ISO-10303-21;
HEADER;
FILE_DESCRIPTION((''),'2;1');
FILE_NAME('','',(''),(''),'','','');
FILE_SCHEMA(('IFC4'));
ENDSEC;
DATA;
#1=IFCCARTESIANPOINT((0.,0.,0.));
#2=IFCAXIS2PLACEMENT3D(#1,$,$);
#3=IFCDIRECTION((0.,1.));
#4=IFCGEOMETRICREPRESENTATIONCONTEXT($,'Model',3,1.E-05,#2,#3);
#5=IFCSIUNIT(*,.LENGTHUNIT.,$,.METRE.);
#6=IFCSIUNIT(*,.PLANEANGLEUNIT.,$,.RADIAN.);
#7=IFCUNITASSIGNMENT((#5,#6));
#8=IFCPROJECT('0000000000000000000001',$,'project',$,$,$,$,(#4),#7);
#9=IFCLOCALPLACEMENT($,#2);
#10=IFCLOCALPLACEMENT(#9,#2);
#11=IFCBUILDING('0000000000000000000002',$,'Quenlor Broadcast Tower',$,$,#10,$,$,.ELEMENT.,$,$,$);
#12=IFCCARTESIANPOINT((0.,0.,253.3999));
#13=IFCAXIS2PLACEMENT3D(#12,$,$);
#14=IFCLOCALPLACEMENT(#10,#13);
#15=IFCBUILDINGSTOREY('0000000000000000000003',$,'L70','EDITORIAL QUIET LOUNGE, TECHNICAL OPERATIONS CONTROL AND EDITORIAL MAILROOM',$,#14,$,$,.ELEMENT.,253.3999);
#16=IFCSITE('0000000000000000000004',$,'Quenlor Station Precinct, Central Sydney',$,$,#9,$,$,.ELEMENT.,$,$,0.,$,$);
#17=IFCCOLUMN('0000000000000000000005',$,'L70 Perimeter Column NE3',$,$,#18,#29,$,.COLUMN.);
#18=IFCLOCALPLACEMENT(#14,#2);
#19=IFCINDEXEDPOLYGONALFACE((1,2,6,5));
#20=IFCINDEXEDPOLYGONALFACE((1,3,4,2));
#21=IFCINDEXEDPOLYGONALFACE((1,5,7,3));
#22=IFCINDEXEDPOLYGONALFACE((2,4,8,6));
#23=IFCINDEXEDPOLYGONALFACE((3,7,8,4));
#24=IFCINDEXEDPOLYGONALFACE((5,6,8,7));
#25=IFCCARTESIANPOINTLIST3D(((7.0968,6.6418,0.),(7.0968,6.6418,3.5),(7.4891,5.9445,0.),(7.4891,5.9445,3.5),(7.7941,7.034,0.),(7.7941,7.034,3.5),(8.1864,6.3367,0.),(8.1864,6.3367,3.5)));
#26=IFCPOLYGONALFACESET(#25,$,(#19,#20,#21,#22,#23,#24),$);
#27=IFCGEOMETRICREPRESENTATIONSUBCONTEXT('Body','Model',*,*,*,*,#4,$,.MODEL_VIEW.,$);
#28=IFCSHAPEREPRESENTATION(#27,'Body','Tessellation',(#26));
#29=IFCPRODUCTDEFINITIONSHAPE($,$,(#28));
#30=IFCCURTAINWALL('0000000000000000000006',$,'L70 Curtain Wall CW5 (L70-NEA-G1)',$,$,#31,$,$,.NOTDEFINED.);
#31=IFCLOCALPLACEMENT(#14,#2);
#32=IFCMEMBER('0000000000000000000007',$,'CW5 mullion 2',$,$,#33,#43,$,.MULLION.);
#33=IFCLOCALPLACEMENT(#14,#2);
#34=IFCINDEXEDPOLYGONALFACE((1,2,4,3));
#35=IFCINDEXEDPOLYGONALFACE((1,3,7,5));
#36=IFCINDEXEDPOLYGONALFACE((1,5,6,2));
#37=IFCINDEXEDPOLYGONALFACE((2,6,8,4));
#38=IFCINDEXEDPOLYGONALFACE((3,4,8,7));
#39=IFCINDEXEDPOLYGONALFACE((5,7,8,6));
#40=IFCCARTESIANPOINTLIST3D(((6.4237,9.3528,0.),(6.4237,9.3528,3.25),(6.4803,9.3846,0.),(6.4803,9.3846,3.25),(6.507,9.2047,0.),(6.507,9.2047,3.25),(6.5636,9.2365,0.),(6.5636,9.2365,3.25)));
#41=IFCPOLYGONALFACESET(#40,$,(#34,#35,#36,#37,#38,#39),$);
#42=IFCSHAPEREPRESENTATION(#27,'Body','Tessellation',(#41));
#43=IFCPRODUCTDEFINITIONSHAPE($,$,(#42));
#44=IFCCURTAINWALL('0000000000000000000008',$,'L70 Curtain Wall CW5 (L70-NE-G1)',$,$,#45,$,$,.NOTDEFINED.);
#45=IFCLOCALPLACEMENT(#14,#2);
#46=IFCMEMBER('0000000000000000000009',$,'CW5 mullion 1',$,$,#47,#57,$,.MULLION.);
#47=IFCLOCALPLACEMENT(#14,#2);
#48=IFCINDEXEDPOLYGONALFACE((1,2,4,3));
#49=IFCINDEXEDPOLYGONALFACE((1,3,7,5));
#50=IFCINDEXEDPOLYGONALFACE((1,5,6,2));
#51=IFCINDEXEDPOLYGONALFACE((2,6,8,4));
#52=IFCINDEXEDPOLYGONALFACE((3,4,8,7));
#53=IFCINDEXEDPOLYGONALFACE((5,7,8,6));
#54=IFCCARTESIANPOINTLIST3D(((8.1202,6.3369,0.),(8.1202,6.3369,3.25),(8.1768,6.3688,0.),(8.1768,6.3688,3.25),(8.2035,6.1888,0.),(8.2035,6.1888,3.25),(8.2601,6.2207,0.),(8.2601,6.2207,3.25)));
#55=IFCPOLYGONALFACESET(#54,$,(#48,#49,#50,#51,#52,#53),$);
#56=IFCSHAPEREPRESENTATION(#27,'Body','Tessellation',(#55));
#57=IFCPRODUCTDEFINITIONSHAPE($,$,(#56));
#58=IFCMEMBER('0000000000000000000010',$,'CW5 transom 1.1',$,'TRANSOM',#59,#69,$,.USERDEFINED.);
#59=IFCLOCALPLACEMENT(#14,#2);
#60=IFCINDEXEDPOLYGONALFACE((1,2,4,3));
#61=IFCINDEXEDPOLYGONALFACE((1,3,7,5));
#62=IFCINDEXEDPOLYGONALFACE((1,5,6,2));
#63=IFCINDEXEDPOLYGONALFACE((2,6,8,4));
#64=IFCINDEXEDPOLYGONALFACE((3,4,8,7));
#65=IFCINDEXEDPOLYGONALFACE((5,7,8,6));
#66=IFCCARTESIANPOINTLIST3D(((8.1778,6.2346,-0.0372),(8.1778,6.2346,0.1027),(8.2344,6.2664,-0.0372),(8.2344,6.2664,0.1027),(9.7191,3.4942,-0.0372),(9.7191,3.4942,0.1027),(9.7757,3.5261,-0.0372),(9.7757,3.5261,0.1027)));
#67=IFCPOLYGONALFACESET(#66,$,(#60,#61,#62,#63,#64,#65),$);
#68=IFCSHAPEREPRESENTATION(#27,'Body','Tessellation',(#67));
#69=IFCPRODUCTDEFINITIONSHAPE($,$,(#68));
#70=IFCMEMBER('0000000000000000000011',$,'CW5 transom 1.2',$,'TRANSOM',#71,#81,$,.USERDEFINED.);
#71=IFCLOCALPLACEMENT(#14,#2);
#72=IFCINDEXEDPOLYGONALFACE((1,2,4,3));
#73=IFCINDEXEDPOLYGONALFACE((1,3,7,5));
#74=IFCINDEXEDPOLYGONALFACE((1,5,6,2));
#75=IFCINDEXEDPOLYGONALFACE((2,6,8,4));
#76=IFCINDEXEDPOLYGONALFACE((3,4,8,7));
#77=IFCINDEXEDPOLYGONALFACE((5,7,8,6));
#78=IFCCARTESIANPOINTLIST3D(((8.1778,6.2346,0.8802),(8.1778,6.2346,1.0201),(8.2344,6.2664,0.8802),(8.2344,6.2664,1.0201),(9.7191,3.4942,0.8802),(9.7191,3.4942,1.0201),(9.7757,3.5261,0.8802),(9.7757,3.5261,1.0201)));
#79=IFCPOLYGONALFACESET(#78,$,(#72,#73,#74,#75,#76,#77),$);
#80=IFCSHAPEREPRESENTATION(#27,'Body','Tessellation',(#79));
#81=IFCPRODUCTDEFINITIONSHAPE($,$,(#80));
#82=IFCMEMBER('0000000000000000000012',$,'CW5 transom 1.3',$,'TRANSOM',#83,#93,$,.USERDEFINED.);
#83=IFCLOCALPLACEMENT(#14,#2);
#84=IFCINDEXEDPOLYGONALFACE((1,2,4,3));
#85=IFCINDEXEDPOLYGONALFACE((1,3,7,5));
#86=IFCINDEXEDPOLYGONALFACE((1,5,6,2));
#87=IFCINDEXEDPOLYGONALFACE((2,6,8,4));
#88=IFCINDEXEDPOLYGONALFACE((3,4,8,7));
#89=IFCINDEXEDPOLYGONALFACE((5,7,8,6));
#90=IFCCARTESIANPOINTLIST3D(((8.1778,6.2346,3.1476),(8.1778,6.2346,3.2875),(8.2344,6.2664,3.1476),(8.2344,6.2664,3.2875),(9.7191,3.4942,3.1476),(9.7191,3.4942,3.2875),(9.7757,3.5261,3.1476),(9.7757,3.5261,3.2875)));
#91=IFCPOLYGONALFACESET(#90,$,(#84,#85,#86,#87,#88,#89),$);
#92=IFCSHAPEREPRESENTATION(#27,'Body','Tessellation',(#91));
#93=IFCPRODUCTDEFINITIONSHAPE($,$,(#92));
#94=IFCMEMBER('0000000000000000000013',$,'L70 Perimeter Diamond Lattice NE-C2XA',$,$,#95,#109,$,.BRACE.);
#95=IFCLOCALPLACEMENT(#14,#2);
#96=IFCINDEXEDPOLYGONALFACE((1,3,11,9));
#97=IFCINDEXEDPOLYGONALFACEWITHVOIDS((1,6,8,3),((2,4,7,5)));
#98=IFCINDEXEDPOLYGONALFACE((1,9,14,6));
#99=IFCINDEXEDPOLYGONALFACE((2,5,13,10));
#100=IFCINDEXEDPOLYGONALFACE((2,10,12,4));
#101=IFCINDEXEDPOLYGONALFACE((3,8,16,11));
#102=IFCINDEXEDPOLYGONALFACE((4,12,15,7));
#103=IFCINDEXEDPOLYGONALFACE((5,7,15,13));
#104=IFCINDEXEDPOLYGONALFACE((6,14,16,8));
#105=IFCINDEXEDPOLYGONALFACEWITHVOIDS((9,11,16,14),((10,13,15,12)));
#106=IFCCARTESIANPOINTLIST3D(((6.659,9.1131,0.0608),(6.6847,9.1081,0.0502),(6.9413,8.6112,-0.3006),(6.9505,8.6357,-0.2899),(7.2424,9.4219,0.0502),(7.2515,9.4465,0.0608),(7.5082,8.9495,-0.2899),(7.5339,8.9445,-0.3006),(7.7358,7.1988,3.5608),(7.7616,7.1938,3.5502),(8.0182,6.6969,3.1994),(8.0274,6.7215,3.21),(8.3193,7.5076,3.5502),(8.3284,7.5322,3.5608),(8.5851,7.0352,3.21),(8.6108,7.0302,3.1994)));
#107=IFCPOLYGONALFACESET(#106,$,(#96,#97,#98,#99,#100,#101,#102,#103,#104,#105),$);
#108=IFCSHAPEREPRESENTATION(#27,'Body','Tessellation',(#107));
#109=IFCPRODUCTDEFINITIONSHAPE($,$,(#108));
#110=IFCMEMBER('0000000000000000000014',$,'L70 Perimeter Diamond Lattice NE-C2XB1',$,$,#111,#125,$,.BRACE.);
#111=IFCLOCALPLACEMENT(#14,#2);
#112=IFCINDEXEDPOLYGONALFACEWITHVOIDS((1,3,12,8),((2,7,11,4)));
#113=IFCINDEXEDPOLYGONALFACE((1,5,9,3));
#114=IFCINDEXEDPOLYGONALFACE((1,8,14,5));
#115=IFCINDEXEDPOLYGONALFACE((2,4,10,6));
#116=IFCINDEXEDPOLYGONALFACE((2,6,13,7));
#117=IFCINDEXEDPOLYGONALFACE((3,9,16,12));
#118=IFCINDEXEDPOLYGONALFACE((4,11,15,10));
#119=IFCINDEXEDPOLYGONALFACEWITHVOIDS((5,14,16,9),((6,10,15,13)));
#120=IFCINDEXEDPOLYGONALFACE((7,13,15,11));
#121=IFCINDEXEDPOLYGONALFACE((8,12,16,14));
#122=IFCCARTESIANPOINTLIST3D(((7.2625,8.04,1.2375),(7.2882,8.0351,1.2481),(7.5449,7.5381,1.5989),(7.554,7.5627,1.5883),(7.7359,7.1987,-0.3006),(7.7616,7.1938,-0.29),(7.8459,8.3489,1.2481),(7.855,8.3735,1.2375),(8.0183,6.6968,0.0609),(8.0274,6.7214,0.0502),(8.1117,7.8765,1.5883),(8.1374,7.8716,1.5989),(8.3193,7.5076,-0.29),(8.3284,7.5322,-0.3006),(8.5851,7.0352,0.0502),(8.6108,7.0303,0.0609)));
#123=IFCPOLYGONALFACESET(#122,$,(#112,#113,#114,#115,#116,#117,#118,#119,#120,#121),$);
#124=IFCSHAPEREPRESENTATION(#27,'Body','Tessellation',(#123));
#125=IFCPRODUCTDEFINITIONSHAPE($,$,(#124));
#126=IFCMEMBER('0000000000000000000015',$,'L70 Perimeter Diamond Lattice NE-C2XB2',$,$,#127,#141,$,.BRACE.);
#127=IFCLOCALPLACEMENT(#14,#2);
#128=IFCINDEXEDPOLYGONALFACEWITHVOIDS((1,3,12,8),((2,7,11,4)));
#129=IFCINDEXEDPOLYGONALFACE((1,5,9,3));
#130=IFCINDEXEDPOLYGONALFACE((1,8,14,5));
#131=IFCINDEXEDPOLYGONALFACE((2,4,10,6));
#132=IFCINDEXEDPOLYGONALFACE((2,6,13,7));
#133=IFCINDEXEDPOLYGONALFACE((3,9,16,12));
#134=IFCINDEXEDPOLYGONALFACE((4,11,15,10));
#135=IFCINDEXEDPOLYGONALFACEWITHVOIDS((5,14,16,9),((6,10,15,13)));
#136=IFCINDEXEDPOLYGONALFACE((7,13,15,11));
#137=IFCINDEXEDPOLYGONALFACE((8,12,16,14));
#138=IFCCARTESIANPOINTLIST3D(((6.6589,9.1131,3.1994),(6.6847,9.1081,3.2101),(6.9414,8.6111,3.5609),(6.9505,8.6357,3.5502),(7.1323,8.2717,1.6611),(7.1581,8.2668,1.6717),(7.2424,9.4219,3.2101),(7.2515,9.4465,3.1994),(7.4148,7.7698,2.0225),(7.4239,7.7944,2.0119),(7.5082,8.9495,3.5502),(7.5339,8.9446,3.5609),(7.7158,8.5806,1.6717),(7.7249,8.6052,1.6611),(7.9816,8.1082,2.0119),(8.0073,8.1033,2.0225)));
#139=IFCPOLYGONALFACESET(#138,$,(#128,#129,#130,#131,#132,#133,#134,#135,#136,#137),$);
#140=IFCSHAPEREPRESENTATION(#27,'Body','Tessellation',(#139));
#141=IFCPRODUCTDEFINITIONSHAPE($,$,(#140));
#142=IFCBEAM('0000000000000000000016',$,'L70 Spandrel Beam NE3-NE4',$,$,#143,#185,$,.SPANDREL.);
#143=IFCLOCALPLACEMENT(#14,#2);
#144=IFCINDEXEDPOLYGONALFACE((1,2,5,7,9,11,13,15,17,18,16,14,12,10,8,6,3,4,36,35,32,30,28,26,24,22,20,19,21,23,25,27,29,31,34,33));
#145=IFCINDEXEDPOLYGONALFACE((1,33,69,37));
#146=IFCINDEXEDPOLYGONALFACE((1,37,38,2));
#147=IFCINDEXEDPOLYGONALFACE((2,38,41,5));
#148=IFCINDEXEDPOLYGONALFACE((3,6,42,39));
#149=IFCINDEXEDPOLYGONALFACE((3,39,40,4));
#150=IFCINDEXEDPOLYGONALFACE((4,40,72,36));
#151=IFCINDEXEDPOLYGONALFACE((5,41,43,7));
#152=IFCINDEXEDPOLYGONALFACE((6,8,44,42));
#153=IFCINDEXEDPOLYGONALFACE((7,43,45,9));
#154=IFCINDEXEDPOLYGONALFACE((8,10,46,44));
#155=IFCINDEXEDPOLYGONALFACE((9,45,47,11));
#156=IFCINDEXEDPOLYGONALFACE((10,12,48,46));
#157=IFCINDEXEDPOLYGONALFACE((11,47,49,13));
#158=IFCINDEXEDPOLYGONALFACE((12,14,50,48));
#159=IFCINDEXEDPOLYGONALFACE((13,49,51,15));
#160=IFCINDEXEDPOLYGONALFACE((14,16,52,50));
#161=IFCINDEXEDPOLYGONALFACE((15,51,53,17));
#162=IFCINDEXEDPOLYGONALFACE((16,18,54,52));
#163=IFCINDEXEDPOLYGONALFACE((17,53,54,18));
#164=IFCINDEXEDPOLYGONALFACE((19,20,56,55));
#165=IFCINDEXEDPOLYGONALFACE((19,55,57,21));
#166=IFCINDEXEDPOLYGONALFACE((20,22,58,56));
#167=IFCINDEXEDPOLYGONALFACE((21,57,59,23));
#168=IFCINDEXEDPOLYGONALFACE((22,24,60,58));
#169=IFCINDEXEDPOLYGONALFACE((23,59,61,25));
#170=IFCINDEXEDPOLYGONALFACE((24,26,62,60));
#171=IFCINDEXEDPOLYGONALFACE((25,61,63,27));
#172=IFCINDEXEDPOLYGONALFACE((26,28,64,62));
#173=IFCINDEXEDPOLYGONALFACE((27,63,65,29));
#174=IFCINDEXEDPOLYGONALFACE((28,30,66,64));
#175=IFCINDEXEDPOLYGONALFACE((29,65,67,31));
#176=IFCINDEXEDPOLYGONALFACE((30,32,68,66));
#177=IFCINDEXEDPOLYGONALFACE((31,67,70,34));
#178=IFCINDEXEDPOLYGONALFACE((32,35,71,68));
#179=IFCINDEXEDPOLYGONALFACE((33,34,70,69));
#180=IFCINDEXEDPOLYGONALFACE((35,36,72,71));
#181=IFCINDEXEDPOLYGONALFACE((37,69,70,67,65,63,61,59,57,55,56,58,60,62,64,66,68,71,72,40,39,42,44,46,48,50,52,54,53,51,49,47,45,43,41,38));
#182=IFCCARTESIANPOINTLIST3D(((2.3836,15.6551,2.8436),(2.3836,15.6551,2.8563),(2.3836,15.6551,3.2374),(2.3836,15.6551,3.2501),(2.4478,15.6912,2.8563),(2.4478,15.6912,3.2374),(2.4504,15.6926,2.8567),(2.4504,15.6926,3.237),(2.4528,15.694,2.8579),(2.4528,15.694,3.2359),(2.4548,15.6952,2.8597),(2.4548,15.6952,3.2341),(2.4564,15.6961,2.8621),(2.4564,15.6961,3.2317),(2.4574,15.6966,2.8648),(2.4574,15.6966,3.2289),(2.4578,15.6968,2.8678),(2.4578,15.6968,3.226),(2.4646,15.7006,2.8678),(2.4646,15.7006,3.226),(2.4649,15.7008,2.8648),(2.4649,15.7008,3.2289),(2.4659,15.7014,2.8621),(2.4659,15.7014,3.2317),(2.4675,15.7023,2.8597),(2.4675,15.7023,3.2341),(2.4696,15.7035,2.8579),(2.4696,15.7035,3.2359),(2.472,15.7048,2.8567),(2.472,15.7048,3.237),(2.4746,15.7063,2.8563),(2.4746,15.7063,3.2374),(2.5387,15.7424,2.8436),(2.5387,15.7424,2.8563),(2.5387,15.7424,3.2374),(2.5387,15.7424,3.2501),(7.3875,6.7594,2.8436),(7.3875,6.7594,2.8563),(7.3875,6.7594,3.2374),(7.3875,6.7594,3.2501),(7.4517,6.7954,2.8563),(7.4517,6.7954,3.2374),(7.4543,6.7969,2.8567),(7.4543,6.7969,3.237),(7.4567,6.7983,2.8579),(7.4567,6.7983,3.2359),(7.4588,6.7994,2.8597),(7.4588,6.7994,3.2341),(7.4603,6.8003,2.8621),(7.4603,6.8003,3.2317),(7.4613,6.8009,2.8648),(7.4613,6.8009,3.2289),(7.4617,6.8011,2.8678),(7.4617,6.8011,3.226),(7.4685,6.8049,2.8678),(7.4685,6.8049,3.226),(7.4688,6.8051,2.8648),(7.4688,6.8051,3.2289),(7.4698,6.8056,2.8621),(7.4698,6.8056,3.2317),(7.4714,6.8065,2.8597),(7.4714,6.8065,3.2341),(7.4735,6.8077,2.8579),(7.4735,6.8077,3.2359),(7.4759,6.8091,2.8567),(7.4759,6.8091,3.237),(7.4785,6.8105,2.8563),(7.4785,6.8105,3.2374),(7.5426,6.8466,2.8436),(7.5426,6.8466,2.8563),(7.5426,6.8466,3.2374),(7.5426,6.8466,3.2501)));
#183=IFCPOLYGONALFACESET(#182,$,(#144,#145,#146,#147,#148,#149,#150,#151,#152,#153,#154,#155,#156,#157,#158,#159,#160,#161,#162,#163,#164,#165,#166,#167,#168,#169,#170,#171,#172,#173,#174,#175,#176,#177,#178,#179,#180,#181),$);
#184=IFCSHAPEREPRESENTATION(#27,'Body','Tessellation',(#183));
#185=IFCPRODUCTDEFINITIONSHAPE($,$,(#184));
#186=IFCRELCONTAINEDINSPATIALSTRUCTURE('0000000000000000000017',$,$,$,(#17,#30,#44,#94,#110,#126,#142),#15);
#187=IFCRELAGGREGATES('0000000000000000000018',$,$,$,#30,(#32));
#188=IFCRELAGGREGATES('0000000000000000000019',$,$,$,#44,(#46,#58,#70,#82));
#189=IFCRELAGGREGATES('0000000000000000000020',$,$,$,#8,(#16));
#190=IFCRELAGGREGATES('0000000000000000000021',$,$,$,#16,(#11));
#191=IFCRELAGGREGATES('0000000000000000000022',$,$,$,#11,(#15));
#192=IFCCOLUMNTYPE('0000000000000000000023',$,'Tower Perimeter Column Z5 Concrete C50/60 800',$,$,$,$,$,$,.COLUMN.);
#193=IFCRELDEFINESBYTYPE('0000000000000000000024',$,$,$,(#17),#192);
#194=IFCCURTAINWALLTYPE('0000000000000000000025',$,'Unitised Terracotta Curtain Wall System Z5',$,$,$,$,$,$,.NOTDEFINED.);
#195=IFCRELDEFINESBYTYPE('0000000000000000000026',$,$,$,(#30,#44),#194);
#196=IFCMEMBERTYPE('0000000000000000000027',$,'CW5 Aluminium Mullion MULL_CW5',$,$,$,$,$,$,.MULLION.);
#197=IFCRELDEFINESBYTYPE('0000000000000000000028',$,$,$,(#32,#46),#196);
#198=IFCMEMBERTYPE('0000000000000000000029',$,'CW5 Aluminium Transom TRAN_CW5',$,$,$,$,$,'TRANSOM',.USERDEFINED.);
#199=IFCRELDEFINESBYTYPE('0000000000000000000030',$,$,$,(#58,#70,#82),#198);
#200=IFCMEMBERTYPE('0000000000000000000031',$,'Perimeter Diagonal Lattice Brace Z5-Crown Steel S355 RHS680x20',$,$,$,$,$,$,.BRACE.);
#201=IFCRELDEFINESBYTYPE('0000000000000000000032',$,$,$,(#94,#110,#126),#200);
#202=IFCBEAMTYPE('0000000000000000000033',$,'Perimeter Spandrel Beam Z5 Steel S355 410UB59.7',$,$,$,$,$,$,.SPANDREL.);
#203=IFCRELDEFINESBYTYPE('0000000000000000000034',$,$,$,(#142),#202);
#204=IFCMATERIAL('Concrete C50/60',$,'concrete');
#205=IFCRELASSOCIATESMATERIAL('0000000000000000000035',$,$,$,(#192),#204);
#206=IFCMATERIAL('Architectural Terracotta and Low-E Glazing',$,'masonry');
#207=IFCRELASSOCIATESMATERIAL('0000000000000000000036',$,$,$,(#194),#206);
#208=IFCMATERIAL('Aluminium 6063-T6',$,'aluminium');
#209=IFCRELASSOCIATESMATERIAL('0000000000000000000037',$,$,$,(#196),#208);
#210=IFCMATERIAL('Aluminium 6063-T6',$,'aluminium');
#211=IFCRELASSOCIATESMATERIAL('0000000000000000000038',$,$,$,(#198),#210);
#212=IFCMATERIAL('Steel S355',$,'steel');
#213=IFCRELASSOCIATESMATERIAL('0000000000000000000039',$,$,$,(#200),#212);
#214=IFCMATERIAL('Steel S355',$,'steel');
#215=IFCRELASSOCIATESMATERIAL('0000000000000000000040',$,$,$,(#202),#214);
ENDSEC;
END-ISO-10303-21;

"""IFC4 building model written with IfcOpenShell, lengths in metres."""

from ifc_helpers import new_model, si_unit, direction, frame, origin, origin_2d, place, context, subcontext, project, spatial, rectangle, hollow_rectangle, i_section, extrude, material, material_profile, profile_set, type_object, element, aggregate, save


model = new_model("IFC4")

# Units and contexts
model_context = context("Model", 3, precision=1e-05, world=origin(), true_north=direction((0.0, 1.0)))
body_context = subcontext(model_context, "Body", "Model", "MODEL_VIEW")
ifc_project = project(units=[si_unit("LENGTHUNIT", "METRE"), si_unit("PLANEANGLEUNIT", "RADIAN")], contexts=[model_context])

# Site, building, storey
site_placement = place(None, origin())
site = spatial("IfcSite", under=ifc_project, at=site_placement, Name="Quenlor Station Precinct, Central Sydney", CompositionType="ELEMENT", RefElevation=0.0)
building_placement = place(site_placement, origin())
building = spatial("IfcBuilding", under=site, at=building_placement, Name="Quenlor Broadcast Tower", CompositionType="ELEMENT")
storey_placement = place(building_placement, frame((0.0, 0.0, 253.3999)))
storey = spatial("IfcBuildingStorey", under=building, at=storey_placement, Name="L70", Description="EDITORIAL QUIET LOUNGE, TECHNICAL OPERATIONS CONTROL AND EDITORIAL MAILROOM", CompositionType="ELEMENT", Elevation=253.3999)

# Column
ifc_material_1 = material(Name="Concrete C50/60", Category="concrete")
ifc_material_profile_1 = material_profile(ifc_material_1, rectangle(XDim=0.8, YDim=0.8, at=origin_2d()))
ifc_profile_set_1 = profile_set([ifc_material_profile_1], Name="Concrete C50/60 RC800x800")
column_type = type_object("IfcColumnType", Name="Tower Perimeter Column Z5 Concrete C50/60 800", PredefinedType="COLUMN", material=ifc_profile_set_1)
column_placement = place(storey_placement, frame((7.6416, 6.4893, 0.0), z_axis=(0.0, 0.0, 1.0), x_axis=(0.871575, 0.490262, 0.0)))
element("IfcColumn", 1, at=column_placement, inside=storey, type_object=column_type, Name="L70 Perimeter Column NE3", PredefinedType="COLUMN", context=body_context, shape_type="SweptSolid", body=[
    extrude(rectangle(XDim=0.8, YDim=0.8, at=origin_2d()), origin(), (0.0, 0.0, 1.0), 3.5),
])

# Curtain wall, member
ifc_material_2 = material(Name="Architectural Terracotta and Low-E Glazing", Category="masonry")
curtain_wall_type = type_object("IfcCurtainWallType", Name="Unitised Terracotta Curtain Wall System Z5", PredefinedType="NOTDEFINED", material=ifc_material_2)
curtain_wall_1_placement = place(storey_placement, origin())
curtain_wall_1 = element("IfcCurtainWall", 2, at=curtain_wall_1_placement, inside=storey, type_object=curtain_wall_type, Name="L70 Curtain Wall CW5 (L70-NEA-G1)", PredefinedType="NOTDEFINED")
ifc_material_3 = material(Name="Aluminium 6063-T6", Category="aluminium")
ifc_material_profile_2 = material_profile(ifc_material_3, rectangle(XDim=0.0649, YDim=0.1699, at=origin_2d()))
ifc_profile_set_2 = profile_set([ifc_material_profile_2], Name="Aluminium 6063-T6 MULL65x170")
member_type_1 = type_object("IfcMemberType", Name="CW5 Aluminium Mullion MULL_CW5", PredefinedType="MULLION", material=ifc_profile_set_2)
member_1_placement = place(storey_placement, frame((6.4937, 9.2947, 0.0), z_axis=(0.0, 0.0, 1.0), x_axis=(0.871582, 0.49025, 0.0)))
member_1 = element("IfcMember", 3, at=member_1_placement, type_object=member_type_1, Name="CW5 mullion 2", PredefinedType="MULLION", context=body_context, shape_type="SweptSolid", body=[
    extrude(rectangle(XDim=0.0649, YDim=0.1699, at=origin_2d()), origin(), (0.0, 0.0, 1.0), 3.25),
])
aggregate(curtain_wall_1, [member_1])

# Curtain wall, members
curtain_wall_2_placement = place(storey_placement, origin())
curtain_wall_2 = element("IfcCurtainWall", 4, at=curtain_wall_2_placement, inside=storey, type_object=curtain_wall_type, Name="L70 Curtain Wall CW5 (L70-NE-G1)", PredefinedType="NOTDEFINED")
member_2_placement = place(storey_placement, frame((8.1902, 6.2788, 0.0), z_axis=(0.0, 0.0, 1.0), x_axis=(0.871575, 0.490263, 0.0)))
member_2 = element("IfcMember", 5, at=member_2_placement, type_object=member_type_1, Name="CW5 mullion 1", PredefinedType="MULLION", context=body_context, shape_type="SweptSolid", body=[
    extrude(rectangle(XDim=0.0649, YDim=0.1699, at=origin_2d()), origin(), (0.0, 0.0, 1.0), 3.25),
])
ifc_material_4 = material(Name="Aluminium 6063-T6", Category="aluminium")
ifc_material_profile_3 = material_profile(ifc_material_4, rectangle(XDim=0.0649, YDim=0.1399, at=origin_2d()))
ifc_profile_set_3 = profile_set([ifc_material_profile_3], Name="Aluminium 6063-T6 TRAN65x140")
member_type_2 = type_object("IfcMemberType", Name="CW5 Aluminium Transom TRAN_CW5", ElementType="TRANSOM", PredefinedType="USERDEFINED", material=ifc_profile_set_3)
member_3_placement = place(storey_placement, frame((8.2061, 6.2505, 0.0327), z_axis=(0.490232, -0.871592, 0.0), x_axis=(0.871592, 0.490232, 0.0)))
member_3 = element("IfcMember", 6, at=member_3_placement, type_object=member_type_2, Name="CW5 transom 1.1", ObjectType="TRANSOM", PredefinedType="USERDEFINED", context=body_context, shape_type="SweptSolid", body=[
    extrude(rectangle(XDim=0.0649, YDim=0.1399, at=origin_2d()), origin(), (0.0, 0.0, 1.0), 3.144),
])
member_4_placement = place(storey_placement, frame((8.2061, 6.2505, 0.9502), z_axis=(0.490232, -0.871592, 0.0), x_axis=(0.871592, 0.490232, 0.0)))
member_4 = element("IfcMember", 7, at=member_4_placement, type_object=member_type_2, Name="CW5 transom 1.2", ObjectType="TRANSOM", PredefinedType="USERDEFINED", context=body_context, shape_type="SweptSolid", body=[
    extrude(rectangle(XDim=0.0649, YDim=0.1399, at=origin_2d()), origin(), (0.0, 0.0, 1.0), 3.144),
])
member_5_placement = place(storey_placement, frame((8.2061, 6.2505, 3.2175), z_axis=(0.490232, -0.871592, 0.0), x_axis=(0.871592, 0.490232, 0.0)))
member_5 = element("IfcMember", 8, at=member_5_placement, type_object=member_type_2, Name="CW5 transom 1.3", ObjectType="TRANSOM", PredefinedType="USERDEFINED", context=body_context, shape_type="SweptSolid", body=[
    extrude(rectangle(XDim=0.0649, YDim=0.1399, at=origin_2d()), origin(), (0.0, 0.0, 1.0), 3.144),
])

# Members
ifc_material_5 = material(Name="Steel S355", Category="steel")
ifc_material_profile_4 = material_profile(ifc_material_5, hollow_rectangle(XDim=0.6799, YDim=0.6799, WallThickness=0.02, at=origin_2d()))
ifc_profile_set_4 = profile_set([ifc_material_profile_4], Name="Steel S355 RHS680x680x20")
member_type_3 = type_object("IfcMemberType", Name="Perimeter Diagonal Lattice Brace Z5-Crown Steel S355 RHS680x20", PredefinedType="BRACE", material=ifc_profile_set_4)
member_6_placement = place(storey_placement, frame((7.0964, 9.0288, -0.1199), z_axis=(0.260619, -0.463276, 0.847026), x_axis=(0.871555, 0.490298, 0.0)))
element("IfcMember", 9, at=member_6_placement, inside=storey, type_object=member_type_3, Name="L70 Perimeter Diamond Lattice NE-C2XA", PredefinedType="BRACE", context=body_context, shape_type="SweptSolid", body=[
    extrude(hollow_rectangle(XDim=0.6799, YDim=0.6799, WallThickness=0.02, at=origin_2d()), origin(), (0.0, 0.0, 1.0), 4.1321),
])
member_7_placement = place(storey_placement, frame((8.1733, 7.1145, -0.1199), z_axis=(-0.260686, 0.463293, 0.846996), x_axis=(-0.871508, -0.490381, 0.0)))
element("IfcMember", 10, at=member_7_placement, inside=storey, type_object=member_type_3, Name="L70 Perimeter Diamond Lattice NE-C2XB1", PredefinedType="BRACE", context=body_context, shape_type="SweptSolid", body=[
    extrude(hollow_rectangle(XDim=0.6799, YDim=0.6799, WallThickness=0.02, at=origin_2d()), origin(), (0.0, 0.0, 1.0), 1.8159),
])
member_8_placement = place(storey_placement, frame((7.5698, 8.1875, 1.8418), z_axis=(-0.260657, 0.463241, 0.847034), x_axis=(-0.871508, -0.490381, 0.0)))
element("IfcMember", 11, at=member_8_placement, inside=storey, type_object=member_type_3, Name="L70 Perimeter Diamond Lattice NE-C2XB2", PredefinedType="BRACE", context=body_context, shape_type="SweptSolid", body=[
    extrude(hollow_rectangle(XDim=0.6799, YDim=0.6799, WallThickness=0.02, at=origin_2d()), origin(), (0.0, 0.0, 1.0), 1.8162),
])

# Beam
ifc_material_6 = material(Name="Steel S355", Category="steel")
ifc_material_profile_5 = material_profile(ifc_material_6, i_section(OverallWidth=0.178, OverallDepth=0.4065, WebThickness=0.0078, FlangeThickness=0.0127, FilletRadius=0.0115, at=origin_2d()))
ifc_profile_set_5 = profile_set([ifc_material_profile_5], Name="Steel S355 410UB59.7")
beam_type_1 = type_object("IfcBeamType", Name="Perimeter Spandrel Beam Z5 Steel S355 410UB59.7", PredefinedType="SPANDREL", material=ifc_profile_set_5)
beam_1_placement = place(storey_placement, frame((7.4651, 6.803, 3.0469), z_axis=(-0.490265, 0.871574, 0.0), x_axis=(-0.871574, -0.490265, 0.0)))
element("IfcBeam", 12, at=beam_1_placement, inside=storey, type_object=beam_type_1, Name="L70 Spandrel Beam NE3-NE4", PredefinedType="SPANDREL", context=body_context, shape_type="SweptSolid", body=[
    extrude(i_section(OverallWidth=0.178, OverallDepth=0.4065, WebThickness=0.0078, FlangeThickness=0.0127, FilletRadius=0.0115, at=origin_2d()), origin(), (0.0, 0.0, 1.0), 10.2065),
])

aggregate(curtain_wall_2, [member_2, member_3, member_4, member_5])

save(model, "model.ifc")
